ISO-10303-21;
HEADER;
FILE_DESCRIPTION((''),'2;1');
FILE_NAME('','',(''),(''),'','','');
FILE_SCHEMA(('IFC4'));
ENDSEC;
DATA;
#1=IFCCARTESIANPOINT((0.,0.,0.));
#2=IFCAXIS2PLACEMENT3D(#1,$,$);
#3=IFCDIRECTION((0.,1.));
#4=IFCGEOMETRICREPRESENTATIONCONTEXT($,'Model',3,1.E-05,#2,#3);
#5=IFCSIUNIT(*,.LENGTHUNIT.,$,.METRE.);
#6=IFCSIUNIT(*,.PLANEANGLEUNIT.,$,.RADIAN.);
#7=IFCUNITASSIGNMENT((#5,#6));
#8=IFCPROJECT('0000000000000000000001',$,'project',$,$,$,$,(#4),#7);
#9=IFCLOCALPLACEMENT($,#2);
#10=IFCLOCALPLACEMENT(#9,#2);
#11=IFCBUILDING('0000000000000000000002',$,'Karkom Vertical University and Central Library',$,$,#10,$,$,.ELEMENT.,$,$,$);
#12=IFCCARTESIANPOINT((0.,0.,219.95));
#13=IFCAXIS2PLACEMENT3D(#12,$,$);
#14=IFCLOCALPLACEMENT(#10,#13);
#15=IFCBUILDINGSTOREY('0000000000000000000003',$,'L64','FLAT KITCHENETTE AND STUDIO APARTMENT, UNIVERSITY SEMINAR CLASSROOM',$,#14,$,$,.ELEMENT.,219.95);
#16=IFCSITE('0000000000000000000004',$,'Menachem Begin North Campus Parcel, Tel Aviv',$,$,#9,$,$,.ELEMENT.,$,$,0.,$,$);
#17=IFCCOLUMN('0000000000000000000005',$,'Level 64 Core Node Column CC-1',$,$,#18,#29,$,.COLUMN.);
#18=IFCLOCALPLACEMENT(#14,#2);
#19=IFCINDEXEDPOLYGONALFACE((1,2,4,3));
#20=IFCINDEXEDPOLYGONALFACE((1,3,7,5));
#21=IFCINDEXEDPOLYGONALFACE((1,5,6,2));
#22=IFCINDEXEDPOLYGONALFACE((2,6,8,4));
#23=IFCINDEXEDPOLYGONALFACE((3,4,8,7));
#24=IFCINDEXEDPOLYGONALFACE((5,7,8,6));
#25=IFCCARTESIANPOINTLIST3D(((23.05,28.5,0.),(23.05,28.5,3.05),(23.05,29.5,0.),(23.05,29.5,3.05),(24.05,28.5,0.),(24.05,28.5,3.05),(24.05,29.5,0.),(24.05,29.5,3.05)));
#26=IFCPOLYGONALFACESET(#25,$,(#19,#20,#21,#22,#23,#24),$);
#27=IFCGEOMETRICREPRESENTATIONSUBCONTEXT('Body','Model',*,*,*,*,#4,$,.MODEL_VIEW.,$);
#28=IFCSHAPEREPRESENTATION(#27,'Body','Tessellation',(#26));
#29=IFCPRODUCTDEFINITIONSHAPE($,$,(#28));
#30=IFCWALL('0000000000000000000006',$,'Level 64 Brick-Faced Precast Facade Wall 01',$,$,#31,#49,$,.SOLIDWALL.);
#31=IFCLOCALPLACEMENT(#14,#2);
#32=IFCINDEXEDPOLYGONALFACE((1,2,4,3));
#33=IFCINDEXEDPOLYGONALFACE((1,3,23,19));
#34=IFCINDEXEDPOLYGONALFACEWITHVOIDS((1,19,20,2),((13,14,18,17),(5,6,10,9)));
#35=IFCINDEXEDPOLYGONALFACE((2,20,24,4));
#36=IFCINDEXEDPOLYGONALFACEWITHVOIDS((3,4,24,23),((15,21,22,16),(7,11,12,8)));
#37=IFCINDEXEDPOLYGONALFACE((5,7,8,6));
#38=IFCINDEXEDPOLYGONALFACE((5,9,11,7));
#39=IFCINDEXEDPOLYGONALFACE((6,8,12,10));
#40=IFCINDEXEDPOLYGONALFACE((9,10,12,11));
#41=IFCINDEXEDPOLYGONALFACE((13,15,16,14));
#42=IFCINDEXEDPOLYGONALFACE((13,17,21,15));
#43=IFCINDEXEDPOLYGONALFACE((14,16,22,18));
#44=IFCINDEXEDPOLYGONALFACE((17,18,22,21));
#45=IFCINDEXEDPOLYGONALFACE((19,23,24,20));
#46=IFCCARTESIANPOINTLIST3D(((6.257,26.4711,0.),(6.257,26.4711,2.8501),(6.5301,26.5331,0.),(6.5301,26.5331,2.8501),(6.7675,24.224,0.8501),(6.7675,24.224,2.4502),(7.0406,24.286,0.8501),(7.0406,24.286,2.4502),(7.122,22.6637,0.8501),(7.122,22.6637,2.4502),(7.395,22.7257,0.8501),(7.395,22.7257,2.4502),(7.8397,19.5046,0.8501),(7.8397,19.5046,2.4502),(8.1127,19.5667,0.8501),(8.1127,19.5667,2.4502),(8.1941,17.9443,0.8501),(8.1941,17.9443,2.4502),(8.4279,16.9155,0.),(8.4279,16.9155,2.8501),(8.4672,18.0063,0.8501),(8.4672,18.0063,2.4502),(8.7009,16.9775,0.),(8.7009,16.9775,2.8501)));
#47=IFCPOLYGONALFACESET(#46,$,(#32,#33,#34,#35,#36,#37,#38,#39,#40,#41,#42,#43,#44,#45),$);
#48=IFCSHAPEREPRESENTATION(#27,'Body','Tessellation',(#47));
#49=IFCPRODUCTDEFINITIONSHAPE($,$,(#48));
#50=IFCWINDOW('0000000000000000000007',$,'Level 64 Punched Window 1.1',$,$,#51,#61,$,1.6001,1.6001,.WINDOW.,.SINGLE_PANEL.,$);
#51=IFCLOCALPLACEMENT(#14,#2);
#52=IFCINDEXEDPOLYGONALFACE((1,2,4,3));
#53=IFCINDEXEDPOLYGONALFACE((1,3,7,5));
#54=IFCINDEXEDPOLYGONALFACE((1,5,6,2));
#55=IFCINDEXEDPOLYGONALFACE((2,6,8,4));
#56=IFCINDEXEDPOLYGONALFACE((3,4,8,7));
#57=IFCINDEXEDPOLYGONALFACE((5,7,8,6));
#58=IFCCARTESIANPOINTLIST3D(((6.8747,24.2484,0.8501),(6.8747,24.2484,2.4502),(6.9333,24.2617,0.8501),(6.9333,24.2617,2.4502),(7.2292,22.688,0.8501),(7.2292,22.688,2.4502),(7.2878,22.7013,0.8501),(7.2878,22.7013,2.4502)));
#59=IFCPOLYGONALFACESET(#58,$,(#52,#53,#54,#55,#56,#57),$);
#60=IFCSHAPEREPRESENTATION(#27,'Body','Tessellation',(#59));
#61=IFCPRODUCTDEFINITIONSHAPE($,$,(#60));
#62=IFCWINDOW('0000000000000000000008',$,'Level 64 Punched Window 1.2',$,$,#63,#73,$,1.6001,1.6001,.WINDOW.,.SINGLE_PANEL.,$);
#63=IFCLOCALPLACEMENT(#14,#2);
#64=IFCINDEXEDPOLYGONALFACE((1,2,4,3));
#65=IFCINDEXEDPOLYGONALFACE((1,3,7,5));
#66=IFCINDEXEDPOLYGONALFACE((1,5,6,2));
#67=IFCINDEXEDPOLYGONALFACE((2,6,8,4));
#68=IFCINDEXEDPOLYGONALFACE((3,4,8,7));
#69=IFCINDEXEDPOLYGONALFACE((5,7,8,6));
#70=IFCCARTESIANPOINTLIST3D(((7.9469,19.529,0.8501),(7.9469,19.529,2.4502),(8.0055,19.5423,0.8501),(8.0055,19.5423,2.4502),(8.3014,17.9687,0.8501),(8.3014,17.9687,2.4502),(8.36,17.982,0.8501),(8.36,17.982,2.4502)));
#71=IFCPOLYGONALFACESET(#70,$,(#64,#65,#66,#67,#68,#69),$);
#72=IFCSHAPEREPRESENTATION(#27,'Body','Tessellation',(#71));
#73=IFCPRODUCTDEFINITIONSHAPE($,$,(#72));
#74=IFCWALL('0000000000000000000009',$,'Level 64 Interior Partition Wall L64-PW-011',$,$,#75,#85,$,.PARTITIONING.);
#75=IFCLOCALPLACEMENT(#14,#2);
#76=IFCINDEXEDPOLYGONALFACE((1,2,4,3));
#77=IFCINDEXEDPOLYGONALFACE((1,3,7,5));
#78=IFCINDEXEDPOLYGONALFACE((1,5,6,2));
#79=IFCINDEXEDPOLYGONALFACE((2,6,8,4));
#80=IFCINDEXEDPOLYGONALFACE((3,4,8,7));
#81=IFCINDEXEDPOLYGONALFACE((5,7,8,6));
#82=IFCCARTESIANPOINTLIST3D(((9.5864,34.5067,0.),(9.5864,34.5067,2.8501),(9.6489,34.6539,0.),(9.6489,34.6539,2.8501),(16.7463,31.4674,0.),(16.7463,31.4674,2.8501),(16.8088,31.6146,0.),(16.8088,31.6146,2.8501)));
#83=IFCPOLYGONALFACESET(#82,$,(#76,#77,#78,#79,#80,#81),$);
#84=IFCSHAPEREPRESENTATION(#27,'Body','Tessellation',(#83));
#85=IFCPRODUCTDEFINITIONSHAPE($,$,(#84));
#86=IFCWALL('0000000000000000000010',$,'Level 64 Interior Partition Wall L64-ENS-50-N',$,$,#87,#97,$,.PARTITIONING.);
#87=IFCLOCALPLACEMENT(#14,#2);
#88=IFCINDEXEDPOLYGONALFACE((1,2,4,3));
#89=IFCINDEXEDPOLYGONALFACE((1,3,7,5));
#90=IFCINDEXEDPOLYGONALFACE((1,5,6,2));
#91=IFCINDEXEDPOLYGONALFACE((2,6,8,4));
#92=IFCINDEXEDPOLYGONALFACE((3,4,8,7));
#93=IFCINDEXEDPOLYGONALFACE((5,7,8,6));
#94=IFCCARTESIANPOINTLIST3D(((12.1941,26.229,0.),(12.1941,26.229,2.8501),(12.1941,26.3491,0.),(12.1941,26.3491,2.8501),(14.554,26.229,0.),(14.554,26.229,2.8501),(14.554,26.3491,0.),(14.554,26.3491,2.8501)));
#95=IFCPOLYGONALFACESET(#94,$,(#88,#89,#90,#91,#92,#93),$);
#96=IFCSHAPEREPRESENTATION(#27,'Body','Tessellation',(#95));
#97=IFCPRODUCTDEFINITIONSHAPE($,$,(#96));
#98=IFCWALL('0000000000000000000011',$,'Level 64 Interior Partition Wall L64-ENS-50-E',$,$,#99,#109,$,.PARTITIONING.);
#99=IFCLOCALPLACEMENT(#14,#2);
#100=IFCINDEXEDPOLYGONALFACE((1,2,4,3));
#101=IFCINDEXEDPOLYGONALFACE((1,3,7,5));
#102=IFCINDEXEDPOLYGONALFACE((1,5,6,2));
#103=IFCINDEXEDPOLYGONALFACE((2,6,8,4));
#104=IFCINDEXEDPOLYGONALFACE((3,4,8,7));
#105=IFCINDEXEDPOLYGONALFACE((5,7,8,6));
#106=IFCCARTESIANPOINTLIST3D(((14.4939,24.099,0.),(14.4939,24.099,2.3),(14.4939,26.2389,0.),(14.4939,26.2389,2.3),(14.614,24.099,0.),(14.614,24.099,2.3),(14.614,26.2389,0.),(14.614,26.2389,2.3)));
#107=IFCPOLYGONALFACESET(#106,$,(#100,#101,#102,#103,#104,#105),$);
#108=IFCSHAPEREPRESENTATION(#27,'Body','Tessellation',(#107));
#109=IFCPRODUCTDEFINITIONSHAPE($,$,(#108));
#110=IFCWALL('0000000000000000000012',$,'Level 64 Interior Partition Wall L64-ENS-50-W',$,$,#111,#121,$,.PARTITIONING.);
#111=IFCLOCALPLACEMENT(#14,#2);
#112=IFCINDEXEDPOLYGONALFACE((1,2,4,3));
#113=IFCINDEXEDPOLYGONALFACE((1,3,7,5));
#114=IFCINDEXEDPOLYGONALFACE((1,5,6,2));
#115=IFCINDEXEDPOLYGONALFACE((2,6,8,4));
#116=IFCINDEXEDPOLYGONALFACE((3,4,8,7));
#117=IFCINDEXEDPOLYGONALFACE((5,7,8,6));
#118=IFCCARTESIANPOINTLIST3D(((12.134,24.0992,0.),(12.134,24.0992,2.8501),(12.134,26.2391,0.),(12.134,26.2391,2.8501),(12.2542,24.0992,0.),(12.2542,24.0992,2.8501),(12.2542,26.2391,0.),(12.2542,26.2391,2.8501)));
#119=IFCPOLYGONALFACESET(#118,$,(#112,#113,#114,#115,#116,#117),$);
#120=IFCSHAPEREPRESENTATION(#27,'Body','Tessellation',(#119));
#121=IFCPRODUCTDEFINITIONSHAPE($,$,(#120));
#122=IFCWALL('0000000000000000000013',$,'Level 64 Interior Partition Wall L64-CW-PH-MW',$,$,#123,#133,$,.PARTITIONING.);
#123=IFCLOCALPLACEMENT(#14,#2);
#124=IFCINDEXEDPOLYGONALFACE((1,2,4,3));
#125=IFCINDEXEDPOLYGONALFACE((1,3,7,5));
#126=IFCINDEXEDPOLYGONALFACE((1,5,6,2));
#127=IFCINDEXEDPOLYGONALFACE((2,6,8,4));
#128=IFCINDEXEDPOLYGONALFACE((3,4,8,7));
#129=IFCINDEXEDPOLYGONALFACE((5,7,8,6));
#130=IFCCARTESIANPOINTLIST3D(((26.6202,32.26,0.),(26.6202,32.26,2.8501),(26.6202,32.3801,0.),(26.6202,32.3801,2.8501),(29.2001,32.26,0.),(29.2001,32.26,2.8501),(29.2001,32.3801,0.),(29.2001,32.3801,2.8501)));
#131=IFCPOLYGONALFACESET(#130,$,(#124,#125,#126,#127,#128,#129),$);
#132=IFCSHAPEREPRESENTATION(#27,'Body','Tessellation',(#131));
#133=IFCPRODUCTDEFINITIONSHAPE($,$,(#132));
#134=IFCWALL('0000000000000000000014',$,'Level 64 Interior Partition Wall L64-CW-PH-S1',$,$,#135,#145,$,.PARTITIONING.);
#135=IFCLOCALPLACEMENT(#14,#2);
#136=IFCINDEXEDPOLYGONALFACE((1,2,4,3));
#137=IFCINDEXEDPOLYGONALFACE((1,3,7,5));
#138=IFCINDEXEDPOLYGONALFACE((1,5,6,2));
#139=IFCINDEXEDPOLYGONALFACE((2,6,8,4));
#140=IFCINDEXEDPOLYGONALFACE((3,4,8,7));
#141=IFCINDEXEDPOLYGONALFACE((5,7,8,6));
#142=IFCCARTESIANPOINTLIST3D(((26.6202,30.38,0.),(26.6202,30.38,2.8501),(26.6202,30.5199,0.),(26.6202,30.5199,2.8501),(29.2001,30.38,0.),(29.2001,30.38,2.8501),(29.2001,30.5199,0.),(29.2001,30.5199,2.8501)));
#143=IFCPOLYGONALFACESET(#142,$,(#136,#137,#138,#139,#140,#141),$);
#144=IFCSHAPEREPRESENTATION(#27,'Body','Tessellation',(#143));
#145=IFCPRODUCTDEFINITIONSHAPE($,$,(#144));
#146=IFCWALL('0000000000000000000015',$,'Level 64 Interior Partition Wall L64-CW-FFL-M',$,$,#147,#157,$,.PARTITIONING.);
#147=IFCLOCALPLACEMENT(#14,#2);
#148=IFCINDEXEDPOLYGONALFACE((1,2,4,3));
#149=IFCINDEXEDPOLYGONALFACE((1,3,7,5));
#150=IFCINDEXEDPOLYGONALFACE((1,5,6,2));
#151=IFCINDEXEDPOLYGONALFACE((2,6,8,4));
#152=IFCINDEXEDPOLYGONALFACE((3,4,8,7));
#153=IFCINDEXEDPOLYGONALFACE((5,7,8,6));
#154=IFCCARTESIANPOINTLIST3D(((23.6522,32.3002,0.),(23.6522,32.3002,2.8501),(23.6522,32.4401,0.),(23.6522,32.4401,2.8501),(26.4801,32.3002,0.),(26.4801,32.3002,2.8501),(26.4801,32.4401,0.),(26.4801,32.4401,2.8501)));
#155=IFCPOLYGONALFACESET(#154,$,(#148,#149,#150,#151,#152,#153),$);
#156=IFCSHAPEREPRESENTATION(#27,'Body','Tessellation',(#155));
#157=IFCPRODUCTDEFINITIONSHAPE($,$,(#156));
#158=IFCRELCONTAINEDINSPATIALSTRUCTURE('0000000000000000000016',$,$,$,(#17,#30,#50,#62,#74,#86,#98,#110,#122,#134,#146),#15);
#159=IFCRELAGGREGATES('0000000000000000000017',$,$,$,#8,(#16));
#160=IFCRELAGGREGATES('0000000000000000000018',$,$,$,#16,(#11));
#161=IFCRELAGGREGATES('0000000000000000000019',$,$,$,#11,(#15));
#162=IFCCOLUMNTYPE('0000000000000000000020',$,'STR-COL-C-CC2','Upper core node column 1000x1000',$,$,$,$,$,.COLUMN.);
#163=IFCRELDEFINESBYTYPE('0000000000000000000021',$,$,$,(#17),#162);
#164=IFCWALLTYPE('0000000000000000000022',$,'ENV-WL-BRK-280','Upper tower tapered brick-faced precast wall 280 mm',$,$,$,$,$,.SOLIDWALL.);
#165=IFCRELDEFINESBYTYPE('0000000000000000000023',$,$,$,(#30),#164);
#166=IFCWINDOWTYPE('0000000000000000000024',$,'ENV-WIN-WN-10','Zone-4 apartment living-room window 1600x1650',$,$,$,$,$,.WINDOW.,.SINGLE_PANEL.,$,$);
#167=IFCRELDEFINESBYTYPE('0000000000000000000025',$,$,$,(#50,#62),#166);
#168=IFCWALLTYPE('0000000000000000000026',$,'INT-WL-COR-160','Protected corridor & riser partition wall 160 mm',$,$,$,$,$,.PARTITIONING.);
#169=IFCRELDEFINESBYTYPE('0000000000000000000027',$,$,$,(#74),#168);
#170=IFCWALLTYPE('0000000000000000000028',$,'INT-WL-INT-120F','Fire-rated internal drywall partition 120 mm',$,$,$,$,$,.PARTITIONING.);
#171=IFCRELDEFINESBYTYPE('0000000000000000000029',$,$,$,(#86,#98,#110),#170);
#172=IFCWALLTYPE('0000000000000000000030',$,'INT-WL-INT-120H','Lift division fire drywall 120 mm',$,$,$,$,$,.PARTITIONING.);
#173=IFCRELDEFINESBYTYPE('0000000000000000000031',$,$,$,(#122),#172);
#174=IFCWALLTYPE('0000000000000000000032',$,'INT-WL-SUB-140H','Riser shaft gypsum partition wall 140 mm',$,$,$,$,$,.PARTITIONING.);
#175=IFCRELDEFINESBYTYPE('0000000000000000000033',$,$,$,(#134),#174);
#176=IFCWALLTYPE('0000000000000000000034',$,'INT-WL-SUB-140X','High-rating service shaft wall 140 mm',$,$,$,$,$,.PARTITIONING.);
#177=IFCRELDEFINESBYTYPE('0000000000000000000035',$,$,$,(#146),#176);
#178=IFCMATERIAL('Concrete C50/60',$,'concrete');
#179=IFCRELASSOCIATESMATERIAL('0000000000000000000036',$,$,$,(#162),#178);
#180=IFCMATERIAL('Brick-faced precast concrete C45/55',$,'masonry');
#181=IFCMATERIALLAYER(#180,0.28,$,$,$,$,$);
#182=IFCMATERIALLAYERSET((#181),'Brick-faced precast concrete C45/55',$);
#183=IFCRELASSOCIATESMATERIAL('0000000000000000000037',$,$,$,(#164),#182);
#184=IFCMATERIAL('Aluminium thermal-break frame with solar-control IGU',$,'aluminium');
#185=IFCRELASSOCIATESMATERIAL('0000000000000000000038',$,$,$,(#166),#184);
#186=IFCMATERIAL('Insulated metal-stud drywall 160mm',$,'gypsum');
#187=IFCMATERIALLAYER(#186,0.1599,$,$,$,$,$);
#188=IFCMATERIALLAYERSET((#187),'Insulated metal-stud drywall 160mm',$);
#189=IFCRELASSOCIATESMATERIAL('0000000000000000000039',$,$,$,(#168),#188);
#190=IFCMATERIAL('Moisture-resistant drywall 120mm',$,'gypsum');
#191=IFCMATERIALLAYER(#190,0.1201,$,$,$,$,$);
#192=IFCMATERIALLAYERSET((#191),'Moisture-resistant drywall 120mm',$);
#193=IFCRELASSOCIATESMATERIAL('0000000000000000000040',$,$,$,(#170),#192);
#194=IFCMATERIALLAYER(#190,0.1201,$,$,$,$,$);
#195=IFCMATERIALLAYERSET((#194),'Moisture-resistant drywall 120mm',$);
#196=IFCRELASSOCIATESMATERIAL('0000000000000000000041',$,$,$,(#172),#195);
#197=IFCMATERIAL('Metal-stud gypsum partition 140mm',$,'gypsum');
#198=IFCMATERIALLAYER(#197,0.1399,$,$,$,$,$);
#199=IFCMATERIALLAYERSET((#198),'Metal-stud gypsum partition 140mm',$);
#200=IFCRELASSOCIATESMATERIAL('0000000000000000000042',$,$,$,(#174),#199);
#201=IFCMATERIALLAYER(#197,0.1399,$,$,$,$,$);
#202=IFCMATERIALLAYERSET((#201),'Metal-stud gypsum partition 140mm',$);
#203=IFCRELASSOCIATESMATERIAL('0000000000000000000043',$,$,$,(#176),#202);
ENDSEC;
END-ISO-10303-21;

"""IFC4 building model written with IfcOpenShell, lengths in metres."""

from ifc_helpers import new_model, si_unit, direction, frame, frame_2d, origin, origin_with_axes, origin_2d, place, context, subcontext, project, spatial, rectangle, extrude, source, transform, mapped, material, layer, layer_set, material_profile, profile_set, type_object, element, fill, save


model = new_model("IFC4")

# Units and contexts
model_context = context("Model", 3, precision=1e-05, world=origin(), true_north=direction((0.0, 1.0)))
body_context = subcontext(model_context, "Body", "Model", "MODEL_VIEW")
ifc_project = project(units=[si_unit("LENGTHUNIT", "METRE"), si_unit("PLANEANGLEUNIT", "RADIAN")], contexts=[model_context])

# Site, building, storey
site_placement = place(None, origin())
site = spatial("IfcSite", under=ifc_project, at=site_placement, Name="Menachem Begin North Campus Parcel, Tel Aviv", CompositionType="ELEMENT", RefElevation=0.0)
building_placement = place(site_placement, origin())
building = spatial("IfcBuilding", under=site, at=building_placement, Name="Karkom Vertical University and Central Library", CompositionType="ELEMENT")
storey_placement = place(building_placement, frame((0.0, 0.0, 219.95)))
storey = spatial("IfcBuildingStorey", under=building, at=storey_placement, Name="L64", Description="FLAT KITCHENETTE AND STUDIO APARTMENT, UNIVERSITY SEMINAR CLASSROOM", CompositionType="ELEMENT", Elevation=219.95)

# Column
ifc_material_1 = material(Name="Concrete C50/60", Category="concrete")
ifc_material_profile = material_profile(ifc_material_1, rectangle(XDim=1.0, YDim=1.0, at=origin_2d()), Name="RC-1000x1000")
ifc_profile_set = profile_set([ifc_material_profile], Name="Concrete C50/60")
column_type = type_object("IfcColumnType", Name="STR-COL-C-CC2", Description="Upper core node column 1000x1000", PredefinedType="COLUMN", material=ifc_profile_set)
shared_shape_1 = source(origin_with_axes(), body_context, "Body", "SweptSolid", [
    extrude(rectangle(XDim=1.0, YDim=1.0, at=origin_2d()), origin(), (0.0, 0.0, 1.0), 3.05),
])
column_placement = place(storey_placement, frame((23.55, 29.0, 0.0), z_axis=(0.0, 0.0, 1.0), x_axis=(1.0, 0.0, 0.0)))
element("IfcColumn", 1, at=column_placement, inside=storey, type_object=column_type, Name="Level 64 Core Node Column CC-1", PredefinedType="COLUMN", context=body_context, shape_type="MappedRepresentation", body=[
    mapped(shared_shape_1, transform((0.0, 0.0, 0.0), scale=1.0)),
])

# Wall, openings, windows
ifc_material_2 = material(Name="Brick-faced precast concrete C45/55", Category="masonry")
ifc_layer_1 = layer(ifc_material_2, 0.28)
ifc_layer_set_1 = layer_set([ifc_layer_1], Name="Brick-faced precast concrete C45/55")
wall_type_1 = type_object("IfcWallType", Name="ENV-WL-BRK-280", Description="Upper tower tapered brick-faced precast wall 280 mm", PredefinedType="SOLIDWALL", material=ifc_layer_set_1)
wall_1_placement = place(storey_placement, frame((6.3936, 26.502, 0.0), z_axis=(0.0, 0.0, 1.0), x_axis=(0.221539, -0.975151, 0.0)))
wall_1 = element("IfcWall", 2, at=wall_1_placement, inside=storey, type_object=wall_type_1, Name="Level 64 Brick-Faced Precast Facade Wall 01", PredefinedType="SOLIDWALL", context=body_context, shape_type="SweptSolid", body=[
    extrude(rectangle(XDim=9.7991, YDim=0.28, at=frame_2d((4.8994, 0.0))), origin(), (0.0, 0.0, 1.0), 2.8501),
])
opening_1_placement = place(wall_1_placement, frame((2.3042, 0.0, 0.8501)))
opening_1 = element("IfcOpeningElement", 3, at=opening_1_placement, cuts=wall_1, PredefinedType="OPENING", context=body_context, shape_type="SweptSolid", body=[
    extrude(rectangle(XDim=1.6001, YDim=1.6001, at=frame_2d((0.8, 0.8))), frame((0.0, 0.1499, 0.0), z_axis=(0.0, -1.0, 0.0), x_axis=(1.0, 0.0, 0.0)), (0.0, 0.0, 1.0), 0.3),
])
opening_2_placement = place(wall_1_placement, frame((7.1438, 0.0, 0.8501)))
opening_2 = element("IfcOpeningElement", 4, at=opening_2_placement, cuts=wall_1, PredefinedType="OPENING", context=body_context, shape_type="SweptSolid", body=[
    extrude(rectangle(XDim=1.6001, YDim=1.6001, at=frame_2d((0.8, 0.8))), frame((0.0, 0.1499, 0.0), z_axis=(0.0, -1.0, 0.0), x_axis=(1.0, 0.0, 0.0)), (0.0, 0.0, 1.0), 0.3),
])
ifc_material_3 = material(Name="Aluminium thermal-break frame with solar-control IGU", Category="aluminium")
window_type = type_object("IfcWindowType", Name="ENV-WIN-WN-10", Description="Zone-4 apartment living-room window 1600x1650", PartitioningType="SINGLE_PANEL", PredefinedType="WINDOW", material=ifc_material_3)
shared_shape_2 = source(origin_with_axes(), body_context, "Body", "SweptSolid", [
    extrude(rectangle(XDim=1.6001, YDim=1.6001, at=frame_2d((0.8, 0.8))), frame((0.0, 0.03, 0.0), z_axis=(0.0, -1.0, 0.0), x_axis=(1.0, 0.0, 0.0)), (0.0, 0.0, 1.0), 0.0601),
])
window_1_placement = place(opening_1_placement, origin())
window_1 = element("IfcWindow", 5, at=window_1_placement, inside=storey, type_object=window_type, Name="Level 64 Punched Window 1.1", OverallHeight=1.6001, OverallWidth=1.6001, PartitioningType="SINGLE_PANEL", PredefinedType="WINDOW", context=body_context, shape_type="MappedRepresentation", body=[
    mapped(shared_shape_2, transform((0.0, 0.0, 0.0), scale=1.0)),
])
fill(opening_1, window_1)
window_2_placement = place(opening_2_placement, origin())
window_2 = element("IfcWindow", 6, at=window_2_placement, inside=storey, type_object=window_type, Name="Level 64 Punched Window 1.2", OverallHeight=1.6001, OverallWidth=1.6001, PartitioningType="SINGLE_PANEL", PredefinedType="WINDOW", context=body_context, shape_type="MappedRepresentation", body=[
    mapped(shared_shape_2, transform((0.0, 0.0, 0.0), scale=1.0)),
])
fill(opening_2, window_2)

# Walls
ifc_material_4 = material(Name="Insulated metal-stud drywall 160mm", Category="gypsum")
ifc_layer_2 = layer(ifc_material_4, 0.1599)
ifc_layer_set_2 = layer_set([ifc_layer_2], Name="Insulated metal-stud drywall 160mm")
wall_type_2 = type_object("IfcWallType", Name="INT-WL-COR-160", Description="Protected corridor & riser partition wall 160 mm", PredefinedType="PARTITIONING", material=ifc_layer_set_2)
wall_2_placement = place(storey_placement, frame((16.7776, 31.541, 0.0), z_axis=(0.0, 0.0, 1.0), x_axis=(-0.9205, 0.390742, 0.0)))
element("IfcWall", 7, at=wall_2_placement, inside=storey, type_object=wall_type_2, Name="Level 64 Interior Partition Wall L64-PW-011", PredefinedType="PARTITIONING", context=body_context, shape_type="SweptSolid", body=[
    extrude(rectangle(XDim=7.7783, YDim=0.1599, at=frame_2d((3.8892, 0.0))), origin(), (0.0, 0.0, 1.0), 2.8501),
])
ifc_material_5 = material(Name="Moisture-resistant drywall 120mm", Category="gypsum")
ifc_layer_3 = layer(ifc_material_5, 0.1201)
ifc_layer_set_3 = layer_set([ifc_layer_3], Name="Moisture-resistant drywall 120mm")
wall_type_3 = type_object("IfcWallType", Name="INT-WL-INT-120F", Description="Fire-rated internal drywall partition 120 mm", PredefinedType="PARTITIONING", material=ifc_layer_set_3)
wall_3_placement = place(storey_placement, frame((14.554, 26.2891, 0.0), z_axis=(0.0, 0.0, 1.0), x_axis=(-1.0, 0.0, 0.0)))
element("IfcWall", 8, at=wall_3_placement, inside=storey, type_object=wall_type_3, Name="Level 64 Interior Partition Wall L64-ENS-50-N", PredefinedType="PARTITIONING", context=body_context, shape_type="SweptSolid", body=[
    extrude(rectangle(XDim=2.3599, YDim=0.1201, at=frame_2d((1.1799, 0.0))), origin(), (0.0, 0.0, 1.0), 2.8501),
])
wall_4_placement = place(storey_placement, frame((14.554, 24.0991, 0.0), z_axis=(0.0, 0.0, 1.0), x_axis=(0.0, 1.0, 0.0)))
element("IfcWall", 9, at=wall_4_placement, inside=storey, type_object=wall_type_3, Name="Level 64 Interior Partition Wall L64-ENS-50-E", PredefinedType="PARTITIONING", context=body_context, shape_type="SweptSolid", body=[
    extrude(rectangle(XDim=2.1399, YDim=0.1201, at=frame_2d((1.0698, 0.0))), origin(), (0.0, 0.0, 1.0), 2.3),
])
wall_5_placement = place(storey_placement, frame((12.1941, 26.239, 0.0), z_axis=(0.0, 0.0, 1.0), x_axis=(0.0, -1.0, 0.0)))
element("IfcWall", 10, at=wall_5_placement, inside=storey, type_object=wall_type_3, Name="Level 64 Interior Partition Wall L64-ENS-50-W", PredefinedType="PARTITIONING", context=body_context, shape_type="SweptSolid", body=[
    extrude(rectangle(XDim=2.1399, YDim=0.1201, at=frame_2d((1.0698, 0.0))), origin(), (0.0, 0.0, 1.0), 2.8501),
])
ifc_layer_4 = layer(ifc_material_5, 0.1201)
ifc_layer_set_4 = layer_set([ifc_layer_4], Name="Moisture-resistant drywall 120mm")
wall_type_4 = type_object("IfcWallType", Name="INT-WL-INT-120H", Description="Lift division fire drywall 120 mm", PredefinedType="PARTITIONING", material=ifc_layer_set_4)
wall_6_placement = place(storey_placement, frame((26.6201, 32.3201, 0.0), z_axis=(0.0, 0.0, 1.0), x_axis=(1.0, 0.0, 0.0)))
element("IfcWall", 11, at=wall_6_placement, inside=storey, type_object=wall_type_4, Name="Level 64 Interior Partition Wall L64-CW-PH-MW", PredefinedType="PARTITIONING", context=body_context, shape_type="SweptSolid", body=[
    extrude(rectangle(XDim=2.5798, YDim=0.1201, at=frame_2d((1.29, 0.0))), origin(), (0.0, 0.0, 1.0), 2.8501),
])

# Shared definitions
ifc_material_6 = material(Name="Metal-stud gypsum partition 140mm", Category="gypsum")

# Walls
ifc_layer_5 = layer(ifc_material_6, 0.1399)
ifc_layer_set_5 = layer_set([ifc_layer_5], Name="Metal-stud gypsum partition 140mm")
wall_type_5 = type_object("IfcWallType", Name="INT-WL-SUB-140H", Description="Riser shaft gypsum partition wall 140 mm", PredefinedType="PARTITIONING", material=ifc_layer_set_5)
wall_7_placement = place(storey_placement, frame((26.6201, 30.45, 0.0), z_axis=(0.0, 0.0, 1.0), x_axis=(1.0, 0.0, 0.0)))
element("IfcWall", 12, at=wall_7_placement, inside=storey, type_object=wall_type_5, Name="Level 64 Interior Partition Wall L64-CW-PH-S1", PredefinedType="PARTITIONING", context=body_context, shape_type="SweptSolid", body=[
    extrude(rectangle(XDim=2.5798, YDim=0.1399, at=frame_2d((1.29, 0.0))), origin(), (0.0, 0.0, 1.0), 2.8501),
])
ifc_layer_6 = layer(ifc_material_6, 0.1399)
ifc_layer_set_6 = layer_set([ifc_layer_6], Name="Metal-stud gypsum partition 140mm")
wall_type_6 = type_object("IfcWallType", Name="INT-WL-SUB-140X", Description="High-rating service shaft wall 140 mm", PredefinedType="PARTITIONING", material=ifc_layer_set_6)
wall_8_placement = place(storey_placement, frame((23.6521, 32.3701, 0.0), z_axis=(0.0, 0.0, 1.0), x_axis=(1.0, 0.0, 0.0)))
element("IfcWall", 13, at=wall_8_placement, inside=storey, type_object=wall_type_6, Name="Level 64 Interior Partition Wall L64-CW-FFL-M", PredefinedType="PARTITIONING", context=body_context, shape_type="SweptSolid", body=[
    extrude(rectangle(XDim=2.8279, YDim=0.1399, at=frame_2d((1.4141, 0.0))), origin(), (0.0, 0.0, 1.0), 2.8501),
])

save(model, "model.ifc")
